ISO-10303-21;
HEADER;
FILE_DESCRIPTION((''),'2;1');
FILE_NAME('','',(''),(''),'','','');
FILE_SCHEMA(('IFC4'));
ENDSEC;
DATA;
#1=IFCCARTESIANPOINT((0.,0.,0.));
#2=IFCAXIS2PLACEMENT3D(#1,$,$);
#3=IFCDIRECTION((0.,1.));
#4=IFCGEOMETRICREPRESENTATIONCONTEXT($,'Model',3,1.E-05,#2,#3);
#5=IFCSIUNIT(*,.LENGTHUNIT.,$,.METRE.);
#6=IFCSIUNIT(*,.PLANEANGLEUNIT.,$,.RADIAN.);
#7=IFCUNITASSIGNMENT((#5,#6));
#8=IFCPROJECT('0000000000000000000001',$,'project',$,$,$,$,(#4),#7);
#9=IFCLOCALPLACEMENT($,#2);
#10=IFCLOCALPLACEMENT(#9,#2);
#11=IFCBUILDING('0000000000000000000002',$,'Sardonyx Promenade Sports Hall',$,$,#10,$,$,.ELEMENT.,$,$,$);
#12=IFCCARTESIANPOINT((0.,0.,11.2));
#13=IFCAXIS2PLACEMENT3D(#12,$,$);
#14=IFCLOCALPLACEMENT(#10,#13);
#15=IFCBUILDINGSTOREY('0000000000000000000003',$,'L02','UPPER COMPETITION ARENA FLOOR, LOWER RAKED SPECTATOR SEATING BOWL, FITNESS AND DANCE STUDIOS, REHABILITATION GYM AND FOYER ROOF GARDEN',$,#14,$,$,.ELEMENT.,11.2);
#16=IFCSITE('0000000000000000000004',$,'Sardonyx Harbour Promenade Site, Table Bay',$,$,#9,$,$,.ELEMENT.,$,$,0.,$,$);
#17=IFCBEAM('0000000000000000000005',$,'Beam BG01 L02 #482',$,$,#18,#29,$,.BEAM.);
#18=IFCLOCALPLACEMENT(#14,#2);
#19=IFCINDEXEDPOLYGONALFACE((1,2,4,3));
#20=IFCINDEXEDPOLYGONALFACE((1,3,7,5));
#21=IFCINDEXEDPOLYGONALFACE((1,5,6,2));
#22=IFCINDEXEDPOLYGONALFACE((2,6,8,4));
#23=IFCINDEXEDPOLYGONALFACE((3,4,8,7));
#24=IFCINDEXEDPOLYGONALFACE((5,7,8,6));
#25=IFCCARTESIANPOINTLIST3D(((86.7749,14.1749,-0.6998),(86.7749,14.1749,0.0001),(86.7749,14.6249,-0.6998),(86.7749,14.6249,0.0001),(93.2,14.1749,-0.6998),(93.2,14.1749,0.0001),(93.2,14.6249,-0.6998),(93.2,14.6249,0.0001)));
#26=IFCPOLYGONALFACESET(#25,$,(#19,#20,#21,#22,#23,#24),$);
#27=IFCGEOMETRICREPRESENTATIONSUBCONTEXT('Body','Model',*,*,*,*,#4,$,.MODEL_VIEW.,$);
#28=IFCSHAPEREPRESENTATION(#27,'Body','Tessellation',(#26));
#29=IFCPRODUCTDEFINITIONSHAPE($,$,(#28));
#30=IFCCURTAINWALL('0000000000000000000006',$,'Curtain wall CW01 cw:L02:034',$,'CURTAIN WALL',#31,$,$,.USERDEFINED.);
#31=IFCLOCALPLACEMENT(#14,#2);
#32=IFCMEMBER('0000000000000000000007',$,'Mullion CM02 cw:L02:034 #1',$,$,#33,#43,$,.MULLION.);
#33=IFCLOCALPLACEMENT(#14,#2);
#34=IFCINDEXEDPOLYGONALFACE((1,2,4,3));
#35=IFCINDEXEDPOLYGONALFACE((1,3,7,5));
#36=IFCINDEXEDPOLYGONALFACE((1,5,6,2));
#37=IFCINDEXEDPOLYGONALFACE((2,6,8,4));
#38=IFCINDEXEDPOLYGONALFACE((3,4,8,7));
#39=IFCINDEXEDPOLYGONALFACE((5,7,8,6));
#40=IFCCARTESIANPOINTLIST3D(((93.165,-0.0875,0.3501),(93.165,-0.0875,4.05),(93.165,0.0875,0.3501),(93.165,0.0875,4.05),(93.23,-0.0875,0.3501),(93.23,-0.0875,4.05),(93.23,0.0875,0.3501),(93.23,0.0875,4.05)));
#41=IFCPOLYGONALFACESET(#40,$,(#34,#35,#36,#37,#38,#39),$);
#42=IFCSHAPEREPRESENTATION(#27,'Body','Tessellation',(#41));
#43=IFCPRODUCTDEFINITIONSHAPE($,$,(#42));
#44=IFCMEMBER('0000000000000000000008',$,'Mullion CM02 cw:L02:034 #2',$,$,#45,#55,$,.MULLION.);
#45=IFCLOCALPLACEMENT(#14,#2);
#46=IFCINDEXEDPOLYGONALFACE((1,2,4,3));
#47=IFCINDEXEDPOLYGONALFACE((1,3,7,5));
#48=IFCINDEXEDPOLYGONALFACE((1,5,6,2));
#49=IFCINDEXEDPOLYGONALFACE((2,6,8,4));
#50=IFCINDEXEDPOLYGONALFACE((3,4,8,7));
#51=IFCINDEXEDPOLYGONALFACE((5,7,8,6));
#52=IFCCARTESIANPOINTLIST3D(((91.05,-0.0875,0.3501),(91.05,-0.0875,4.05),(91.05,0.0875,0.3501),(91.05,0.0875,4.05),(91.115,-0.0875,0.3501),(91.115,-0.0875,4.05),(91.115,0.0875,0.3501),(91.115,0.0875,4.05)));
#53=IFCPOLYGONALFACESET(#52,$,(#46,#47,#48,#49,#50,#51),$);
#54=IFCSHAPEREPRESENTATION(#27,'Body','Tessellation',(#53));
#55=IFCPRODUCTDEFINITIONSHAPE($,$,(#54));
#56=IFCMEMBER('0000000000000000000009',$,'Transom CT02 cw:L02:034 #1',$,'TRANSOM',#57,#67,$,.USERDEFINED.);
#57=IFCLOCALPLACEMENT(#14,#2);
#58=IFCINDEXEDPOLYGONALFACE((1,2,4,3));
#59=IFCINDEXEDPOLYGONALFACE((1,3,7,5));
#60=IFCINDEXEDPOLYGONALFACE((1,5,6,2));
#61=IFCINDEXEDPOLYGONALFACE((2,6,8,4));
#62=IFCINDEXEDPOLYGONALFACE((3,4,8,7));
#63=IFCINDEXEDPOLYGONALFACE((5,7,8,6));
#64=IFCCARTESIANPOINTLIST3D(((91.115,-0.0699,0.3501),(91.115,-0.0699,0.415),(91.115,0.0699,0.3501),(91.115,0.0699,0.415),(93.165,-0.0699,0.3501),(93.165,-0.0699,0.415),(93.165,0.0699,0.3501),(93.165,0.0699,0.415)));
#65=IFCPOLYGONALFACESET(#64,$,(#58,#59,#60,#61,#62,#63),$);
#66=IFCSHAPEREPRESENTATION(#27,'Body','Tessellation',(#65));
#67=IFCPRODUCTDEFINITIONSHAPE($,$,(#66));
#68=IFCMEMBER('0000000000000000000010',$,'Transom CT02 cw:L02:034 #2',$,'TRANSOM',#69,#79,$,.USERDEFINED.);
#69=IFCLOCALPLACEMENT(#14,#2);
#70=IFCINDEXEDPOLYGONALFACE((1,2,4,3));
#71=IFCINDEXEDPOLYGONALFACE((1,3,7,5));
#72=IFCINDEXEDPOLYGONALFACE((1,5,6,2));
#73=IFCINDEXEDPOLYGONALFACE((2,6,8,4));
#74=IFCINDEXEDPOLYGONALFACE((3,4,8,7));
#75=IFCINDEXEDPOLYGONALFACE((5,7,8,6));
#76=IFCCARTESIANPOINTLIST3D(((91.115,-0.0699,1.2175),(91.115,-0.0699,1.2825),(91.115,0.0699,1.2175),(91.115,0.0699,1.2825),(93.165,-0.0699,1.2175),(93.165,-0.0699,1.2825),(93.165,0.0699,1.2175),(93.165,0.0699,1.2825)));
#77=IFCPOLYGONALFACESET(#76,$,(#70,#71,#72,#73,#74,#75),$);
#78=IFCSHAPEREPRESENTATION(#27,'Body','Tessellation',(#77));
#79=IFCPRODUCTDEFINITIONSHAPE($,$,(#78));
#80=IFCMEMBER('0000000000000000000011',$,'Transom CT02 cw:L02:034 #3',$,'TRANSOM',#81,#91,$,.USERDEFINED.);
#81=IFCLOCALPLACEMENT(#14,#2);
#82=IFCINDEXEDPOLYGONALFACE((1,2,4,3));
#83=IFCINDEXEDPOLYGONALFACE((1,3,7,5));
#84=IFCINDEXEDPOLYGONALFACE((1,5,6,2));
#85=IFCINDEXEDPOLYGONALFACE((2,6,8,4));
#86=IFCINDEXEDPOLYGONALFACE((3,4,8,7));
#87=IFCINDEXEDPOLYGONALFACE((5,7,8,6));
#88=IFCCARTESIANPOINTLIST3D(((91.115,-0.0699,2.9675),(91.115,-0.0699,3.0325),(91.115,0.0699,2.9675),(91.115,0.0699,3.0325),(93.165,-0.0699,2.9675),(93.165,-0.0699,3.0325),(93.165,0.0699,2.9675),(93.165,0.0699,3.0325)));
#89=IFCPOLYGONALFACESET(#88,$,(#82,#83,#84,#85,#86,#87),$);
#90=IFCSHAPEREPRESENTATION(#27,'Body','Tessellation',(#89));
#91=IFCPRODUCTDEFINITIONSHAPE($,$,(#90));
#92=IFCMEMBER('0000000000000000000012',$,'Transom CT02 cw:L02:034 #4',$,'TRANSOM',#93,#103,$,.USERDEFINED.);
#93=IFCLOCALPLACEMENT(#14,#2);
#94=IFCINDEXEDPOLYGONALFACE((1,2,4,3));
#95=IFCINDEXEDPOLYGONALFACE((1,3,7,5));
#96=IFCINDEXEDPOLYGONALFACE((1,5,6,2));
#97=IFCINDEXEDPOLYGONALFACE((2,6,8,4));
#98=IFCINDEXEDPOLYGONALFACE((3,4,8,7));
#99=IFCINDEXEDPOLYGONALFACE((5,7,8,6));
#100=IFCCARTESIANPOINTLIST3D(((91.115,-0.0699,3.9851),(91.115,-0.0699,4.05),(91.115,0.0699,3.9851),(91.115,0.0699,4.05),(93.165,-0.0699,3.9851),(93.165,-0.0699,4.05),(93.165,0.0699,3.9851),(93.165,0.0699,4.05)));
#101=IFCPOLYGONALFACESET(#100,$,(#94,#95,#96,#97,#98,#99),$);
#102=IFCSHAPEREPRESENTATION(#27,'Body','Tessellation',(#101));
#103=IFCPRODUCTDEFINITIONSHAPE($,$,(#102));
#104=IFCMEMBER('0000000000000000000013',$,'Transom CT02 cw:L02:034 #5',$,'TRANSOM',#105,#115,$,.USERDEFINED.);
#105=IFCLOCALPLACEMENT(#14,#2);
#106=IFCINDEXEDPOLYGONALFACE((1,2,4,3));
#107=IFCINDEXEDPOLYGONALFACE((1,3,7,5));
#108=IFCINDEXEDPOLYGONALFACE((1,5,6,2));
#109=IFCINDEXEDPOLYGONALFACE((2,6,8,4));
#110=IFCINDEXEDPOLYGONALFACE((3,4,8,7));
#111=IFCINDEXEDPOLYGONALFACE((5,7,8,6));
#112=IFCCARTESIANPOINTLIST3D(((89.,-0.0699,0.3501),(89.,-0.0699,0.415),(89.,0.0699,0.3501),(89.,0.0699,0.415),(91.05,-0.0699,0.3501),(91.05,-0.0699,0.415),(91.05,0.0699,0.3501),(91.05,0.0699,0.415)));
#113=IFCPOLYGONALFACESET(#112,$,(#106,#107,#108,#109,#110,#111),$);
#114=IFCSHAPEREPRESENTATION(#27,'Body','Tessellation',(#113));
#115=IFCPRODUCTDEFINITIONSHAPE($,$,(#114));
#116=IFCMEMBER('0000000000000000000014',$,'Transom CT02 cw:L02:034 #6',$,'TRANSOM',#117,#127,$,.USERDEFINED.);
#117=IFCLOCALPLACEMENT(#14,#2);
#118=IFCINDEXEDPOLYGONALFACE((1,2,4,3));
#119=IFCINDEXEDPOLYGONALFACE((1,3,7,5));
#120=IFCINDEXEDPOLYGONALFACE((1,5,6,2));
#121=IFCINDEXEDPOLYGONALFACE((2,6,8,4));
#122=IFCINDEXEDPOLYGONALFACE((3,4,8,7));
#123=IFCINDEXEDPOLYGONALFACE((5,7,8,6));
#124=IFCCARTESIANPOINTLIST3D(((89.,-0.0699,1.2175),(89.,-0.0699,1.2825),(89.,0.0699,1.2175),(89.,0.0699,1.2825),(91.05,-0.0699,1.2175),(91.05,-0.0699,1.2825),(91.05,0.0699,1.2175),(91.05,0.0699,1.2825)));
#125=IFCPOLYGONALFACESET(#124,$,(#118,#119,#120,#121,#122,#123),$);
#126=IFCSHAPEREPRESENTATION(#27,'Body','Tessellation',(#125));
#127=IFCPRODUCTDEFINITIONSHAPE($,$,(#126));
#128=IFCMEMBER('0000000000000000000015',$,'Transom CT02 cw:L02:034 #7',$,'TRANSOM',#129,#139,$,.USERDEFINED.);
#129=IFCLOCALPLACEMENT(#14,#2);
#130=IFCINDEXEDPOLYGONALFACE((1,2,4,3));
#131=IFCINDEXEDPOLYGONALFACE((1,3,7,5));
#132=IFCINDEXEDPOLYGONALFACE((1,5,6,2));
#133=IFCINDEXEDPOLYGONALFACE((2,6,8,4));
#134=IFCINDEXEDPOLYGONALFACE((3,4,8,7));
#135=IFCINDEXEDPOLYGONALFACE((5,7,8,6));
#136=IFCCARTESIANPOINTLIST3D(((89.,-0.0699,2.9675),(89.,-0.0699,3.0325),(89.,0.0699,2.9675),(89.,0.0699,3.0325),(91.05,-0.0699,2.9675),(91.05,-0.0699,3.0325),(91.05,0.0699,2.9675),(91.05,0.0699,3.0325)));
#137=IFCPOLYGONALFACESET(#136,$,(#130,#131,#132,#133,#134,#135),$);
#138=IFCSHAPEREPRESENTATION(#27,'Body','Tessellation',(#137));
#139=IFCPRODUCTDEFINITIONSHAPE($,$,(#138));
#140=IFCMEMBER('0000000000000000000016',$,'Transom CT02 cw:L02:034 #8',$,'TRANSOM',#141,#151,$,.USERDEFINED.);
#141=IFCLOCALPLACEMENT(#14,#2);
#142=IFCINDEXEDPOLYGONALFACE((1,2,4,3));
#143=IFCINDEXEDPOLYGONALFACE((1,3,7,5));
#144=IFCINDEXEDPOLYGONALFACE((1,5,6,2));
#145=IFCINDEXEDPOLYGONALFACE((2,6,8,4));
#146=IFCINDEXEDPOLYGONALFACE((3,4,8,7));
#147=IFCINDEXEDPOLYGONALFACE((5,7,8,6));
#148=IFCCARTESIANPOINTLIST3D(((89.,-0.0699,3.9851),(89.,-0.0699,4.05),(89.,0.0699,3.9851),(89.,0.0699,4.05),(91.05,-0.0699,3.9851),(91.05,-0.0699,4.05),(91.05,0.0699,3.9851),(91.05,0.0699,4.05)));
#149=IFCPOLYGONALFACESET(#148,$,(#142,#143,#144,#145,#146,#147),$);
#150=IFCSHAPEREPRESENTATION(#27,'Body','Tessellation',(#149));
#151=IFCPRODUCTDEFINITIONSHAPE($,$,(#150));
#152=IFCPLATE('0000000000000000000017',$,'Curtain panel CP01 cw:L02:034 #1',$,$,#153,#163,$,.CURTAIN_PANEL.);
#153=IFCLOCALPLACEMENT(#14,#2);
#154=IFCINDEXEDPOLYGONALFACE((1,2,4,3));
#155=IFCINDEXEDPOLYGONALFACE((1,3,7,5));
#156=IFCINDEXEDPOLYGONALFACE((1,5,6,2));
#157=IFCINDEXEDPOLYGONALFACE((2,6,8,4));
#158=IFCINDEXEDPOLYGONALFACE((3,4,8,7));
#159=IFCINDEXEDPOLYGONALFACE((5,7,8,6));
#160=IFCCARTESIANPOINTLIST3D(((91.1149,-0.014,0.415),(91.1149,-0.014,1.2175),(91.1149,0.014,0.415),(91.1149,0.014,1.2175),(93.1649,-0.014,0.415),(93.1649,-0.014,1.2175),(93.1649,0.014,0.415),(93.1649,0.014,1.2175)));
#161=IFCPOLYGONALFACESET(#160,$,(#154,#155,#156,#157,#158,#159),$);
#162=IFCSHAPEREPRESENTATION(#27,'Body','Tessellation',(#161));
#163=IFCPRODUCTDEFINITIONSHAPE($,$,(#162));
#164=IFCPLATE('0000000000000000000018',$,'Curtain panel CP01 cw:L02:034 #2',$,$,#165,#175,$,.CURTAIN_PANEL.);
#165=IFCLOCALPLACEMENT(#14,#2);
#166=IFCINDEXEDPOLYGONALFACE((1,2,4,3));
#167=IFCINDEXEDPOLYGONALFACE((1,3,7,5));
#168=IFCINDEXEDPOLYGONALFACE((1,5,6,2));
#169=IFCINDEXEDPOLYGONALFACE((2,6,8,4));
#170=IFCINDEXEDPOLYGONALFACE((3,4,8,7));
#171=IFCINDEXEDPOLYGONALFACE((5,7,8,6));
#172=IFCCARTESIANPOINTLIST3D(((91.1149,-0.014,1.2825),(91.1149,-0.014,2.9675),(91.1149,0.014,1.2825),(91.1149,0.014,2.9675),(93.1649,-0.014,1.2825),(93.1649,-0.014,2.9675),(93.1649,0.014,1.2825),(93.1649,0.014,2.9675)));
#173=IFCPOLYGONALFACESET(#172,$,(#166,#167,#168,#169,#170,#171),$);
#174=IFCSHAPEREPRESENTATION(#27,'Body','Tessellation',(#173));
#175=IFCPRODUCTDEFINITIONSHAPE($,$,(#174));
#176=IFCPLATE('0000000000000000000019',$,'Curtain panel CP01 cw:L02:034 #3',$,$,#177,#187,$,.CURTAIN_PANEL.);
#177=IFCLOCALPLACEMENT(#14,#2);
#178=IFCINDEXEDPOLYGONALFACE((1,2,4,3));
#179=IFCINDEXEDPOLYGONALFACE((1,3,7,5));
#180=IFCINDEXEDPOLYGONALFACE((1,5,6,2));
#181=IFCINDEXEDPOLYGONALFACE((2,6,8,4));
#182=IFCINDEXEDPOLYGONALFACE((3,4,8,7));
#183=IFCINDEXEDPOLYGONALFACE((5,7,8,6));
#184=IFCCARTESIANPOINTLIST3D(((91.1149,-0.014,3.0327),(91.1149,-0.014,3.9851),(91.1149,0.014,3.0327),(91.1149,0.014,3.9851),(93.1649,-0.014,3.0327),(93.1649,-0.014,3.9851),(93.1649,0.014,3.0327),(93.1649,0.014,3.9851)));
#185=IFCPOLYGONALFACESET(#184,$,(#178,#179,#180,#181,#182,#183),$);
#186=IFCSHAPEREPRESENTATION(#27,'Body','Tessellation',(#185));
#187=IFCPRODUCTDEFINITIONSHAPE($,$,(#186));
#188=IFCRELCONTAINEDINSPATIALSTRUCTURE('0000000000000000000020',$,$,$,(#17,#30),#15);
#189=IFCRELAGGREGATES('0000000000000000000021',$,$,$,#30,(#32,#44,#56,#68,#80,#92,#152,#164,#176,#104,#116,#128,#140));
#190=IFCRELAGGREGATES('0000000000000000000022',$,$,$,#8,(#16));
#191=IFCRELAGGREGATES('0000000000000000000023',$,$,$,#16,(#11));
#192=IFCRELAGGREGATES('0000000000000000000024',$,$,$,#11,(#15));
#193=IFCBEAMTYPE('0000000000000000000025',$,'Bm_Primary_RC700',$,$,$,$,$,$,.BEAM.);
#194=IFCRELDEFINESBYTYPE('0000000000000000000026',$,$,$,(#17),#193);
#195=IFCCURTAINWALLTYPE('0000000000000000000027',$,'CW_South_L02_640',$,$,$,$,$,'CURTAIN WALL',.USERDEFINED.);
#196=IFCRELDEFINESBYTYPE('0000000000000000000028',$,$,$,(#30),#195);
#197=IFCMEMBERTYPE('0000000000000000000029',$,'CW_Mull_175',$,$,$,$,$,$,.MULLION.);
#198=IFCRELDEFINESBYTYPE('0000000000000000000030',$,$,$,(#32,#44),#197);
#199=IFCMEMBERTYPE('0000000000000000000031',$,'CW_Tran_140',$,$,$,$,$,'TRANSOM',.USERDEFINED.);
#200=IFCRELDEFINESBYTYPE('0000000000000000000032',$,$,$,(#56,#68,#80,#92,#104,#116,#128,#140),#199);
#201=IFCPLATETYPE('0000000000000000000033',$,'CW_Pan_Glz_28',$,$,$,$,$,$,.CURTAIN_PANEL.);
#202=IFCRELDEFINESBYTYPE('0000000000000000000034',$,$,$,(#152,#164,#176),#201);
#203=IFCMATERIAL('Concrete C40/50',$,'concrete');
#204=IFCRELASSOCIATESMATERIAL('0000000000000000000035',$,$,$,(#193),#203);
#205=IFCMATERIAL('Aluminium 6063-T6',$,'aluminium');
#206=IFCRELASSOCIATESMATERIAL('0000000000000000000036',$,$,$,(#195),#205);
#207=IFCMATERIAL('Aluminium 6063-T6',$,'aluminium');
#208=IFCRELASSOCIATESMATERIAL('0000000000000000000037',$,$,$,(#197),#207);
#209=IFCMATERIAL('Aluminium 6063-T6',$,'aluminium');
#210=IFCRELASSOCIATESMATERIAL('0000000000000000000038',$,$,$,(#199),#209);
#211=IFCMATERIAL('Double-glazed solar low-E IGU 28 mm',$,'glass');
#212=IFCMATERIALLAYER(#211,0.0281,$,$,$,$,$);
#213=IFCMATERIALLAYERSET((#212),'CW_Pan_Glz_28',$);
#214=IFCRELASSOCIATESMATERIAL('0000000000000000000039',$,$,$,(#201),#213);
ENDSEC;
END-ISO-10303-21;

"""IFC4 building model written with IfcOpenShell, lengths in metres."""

from ifc_helpers import new_model, si_unit, direction, frame, origin, origin_2d, place, context, subcontext, project, spatial, rectangle, extrude, material, layer, layer_set, material_profile, profile_set, type_object, element, aggregate, save


model = new_model("IFC4")

# Units and contexts
model_context = context("Model", 3, precision=1e-05, world=origin(), true_north=direction((0.0, 1.0)))
body_context = subcontext(model_context, "Body", "Model", "MODEL_VIEW")
ifc_project = project(units=[si_unit("LENGTHUNIT", "METRE"), si_unit("PLANEANGLEUNIT", "RADIAN")], contexts=[model_context])

# Site, building, storey
site_placement = place(None, origin())
site = spatial("IfcSite", under=ifc_project, at=site_placement, Name="Sardonyx Harbour Promenade Site, Table Bay", CompositionType="ELEMENT", RefElevation=0.0)
building_placement = place(site_placement, origin())
building = spatial("IfcBuilding", under=site, at=building_placement, Name="Sardonyx Promenade Sports Hall", CompositionType="ELEMENT")
storey_placement = place(building_placement, frame((0.0, 0.0, 11.2)))
storey = spatial("IfcBuildingStorey", under=building, at=storey_placement, Name="L02", Description="UPPER COMPETITION ARENA FLOOR, LOWER RAKED SPECTATOR SEATING BOWL, FITNESS AND DANCE STUDIOS, REHABILITATION GYM AND FOYER ROOF GARDEN", CompositionType="ELEMENT", Elevation=11.2)

# Beam
ifc_material_1 = material(Name="Concrete C40/50", Category="concrete")
ifc_material_profile_1 = material_profile(ifc_material_1, rectangle(XDim=0.45, YDim=0.7, at=origin_2d()))
ifc_profile_set_1 = profile_set([ifc_material_profile_1], Name="Concrete C40/50")
beam_type = type_object("IfcBeamType", Name="Bm_Primary_RC700", PredefinedType="BEAM", material=ifc_profile_set_1)
beam_placement = place(storey_placement, frame((86.7749, 14.3999, -0.3499), z_axis=(1.0, 0.0, 0.0), x_axis=(0.0, 1.0, 0.0)))
element("IfcBeam", 1, at=beam_placement, inside=storey, type_object=beam_type, Name="Beam BG01 L02 #482", PredefinedType="BEAM", context=body_context, shape_type="SweptSolid", body=[
    extrude(rectangle(XDim=0.45, YDim=0.7, at=origin_2d()), origin(), (0.0, 0.0, 1.0), 6.425),
])

# Curtain wall, members, plates
ifc_material_2 = material(Name="Aluminium 6063-T6", Category="aluminium")
curtain_wall_type = type_object("IfcCurtainWallType", Name="CW_South_L02_640", ElementType="CURTAIN WALL", PredefinedType="USERDEFINED", material=ifc_material_2)
curtain_wall_placement = place(storey_placement, origin())
curtain_wall = element("IfcCurtainWall", 2, at=curtain_wall_placement, inside=storey, type_object=curtain_wall_type, Name="Curtain wall CW01 cw:L02:034", ObjectType="CURTAIN WALL", PredefinedType="USERDEFINED")
ifc_material_3 = material(Name="Aluminium 6063-T6", Category="aluminium")
ifc_material_profile_2 = material_profile(ifc_material_3, rectangle(XDim=0.0649, YDim=0.175, at=origin_2d()))
ifc_profile_set_2 = profile_set([ifc_material_profile_2], Name="Aluminium 6063-T6")
member_type_1 = type_object("IfcMemberType", Name="CW_Mull_175", PredefinedType="MULLION", material=ifc_profile_set_2)
member_1_placement = place(storey_placement, frame((93.1975, 0.0, 0.3501), z_axis=(0.0, 0.0, 1.0), x_axis=(-1.0, 0.0, 0.0)))
member_1 = element("IfcMember", 3, at=member_1_placement, type_object=member_type_1, Name="Mullion CM02 cw:L02:034 #1", PredefinedType="MULLION", context=body_context, shape_type="SweptSolid", body=[
    extrude(rectangle(XDim=0.0649, YDim=0.175, at=origin_2d()), origin(), (0.0, 0.0, 1.0), 3.7),
])
member_2_placement = place(storey_placement, frame((91.0825, 0.0, 0.3501), z_axis=(0.0, 0.0, 1.0), x_axis=(-1.0, 0.0, 0.0)))
member_2 = element("IfcMember", 4, at=member_2_placement, type_object=member_type_1, Name="Mullion CM02 cw:L02:034 #2", PredefinedType="MULLION", context=body_context, shape_type="SweptSolid", body=[
    extrude(rectangle(XDim=0.0649, YDim=0.175, at=origin_2d()), origin(), (0.0, 0.0, 1.0), 3.7),
])
ifc_material_4 = material(Name="Aluminium 6063-T6", Category="aluminium")
ifc_material_profile_3 = material_profile(ifc_material_4, rectangle(XDim=0.0649, YDim=0.1399, at=origin_2d()))
ifc_profile_set_3 = profile_set([ifc_material_profile_3], Name="Aluminium 6063-T6")
member_type_2 = type_object("IfcMemberType", Name="CW_Tran_140", ElementType="TRANSOM", PredefinedType="USERDEFINED", material=ifc_profile_set_3)
member_3_placement = place(storey_placement, frame((93.165, 0.0, 0.3826), z_axis=(-1.0, 0.0, 0.0), x_axis=(0.0, 0.0, 1.0)))
member_3 = element("IfcMember", 5, at=member_3_placement, type_object=member_type_2, Name="Transom CT02 cw:L02:034 #1", ObjectType="TRANSOM", PredefinedType="USERDEFINED", context=body_context, shape_type="SweptSolid", body=[
    extrude(rectangle(XDim=0.0649, YDim=0.1399, at=origin_2d()), origin(), (0.0, 0.0, 1.0), 2.05),
])
member_4_placement = place(storey_placement, frame((93.165, 0.0, 1.25), z_axis=(-1.0, 0.0, 0.0), x_axis=(0.0, 0.0, 1.0)))
member_4 = element("IfcMember", 6, at=member_4_placement, type_object=member_type_2, Name="Transom CT02 cw:L02:034 #2", ObjectType="TRANSOM", PredefinedType="USERDEFINED", context=body_context, shape_type="SweptSolid", body=[
    extrude(rectangle(XDim=0.0649, YDim=0.1399, at=origin_2d()), origin(), (0.0, 0.0, 1.0), 2.05),
])
member_5_placement = place(storey_placement, frame((93.165, 0.0, 3.0), z_axis=(-1.0, 0.0, 0.0), x_axis=(0.0, 0.0, 1.0)))
member_5 = element("IfcMember", 7, at=member_5_placement, type_object=member_type_2, Name="Transom CT02 cw:L02:034 #3", ObjectType="TRANSOM", PredefinedType="USERDEFINED", context=body_context, shape_type="SweptSolid", body=[
    extrude(rectangle(XDim=0.0649, YDim=0.1399, at=origin_2d()), origin(), (0.0, 0.0, 1.0), 2.05),
])
member_6_placement = place(storey_placement, frame((93.165, 0.0, 4.0176), z_axis=(-1.0, 0.0, 0.0), x_axis=(0.0, 0.0, 1.0)))
member_6 = element("IfcMember", 8, at=member_6_placement, type_object=member_type_2, Name="Transom CT02 cw:L02:034 #4", ObjectType="TRANSOM", PredefinedType="USERDEFINED", context=body_context, shape_type="SweptSolid", body=[
    extrude(rectangle(XDim=0.0649, YDim=0.1399, at=origin_2d()), origin(), (0.0, 0.0, 1.0), 2.05),
])
member_7_placement = place(storey_placement, frame((91.05, 0.0, 0.3826), z_axis=(-1.0, 0.0, 0.0), x_axis=(0.0, 0.0, 1.0)))
member_7 = element("IfcMember", 9, at=member_7_placement, type_object=member_type_2, Name="Transom CT02 cw:L02:034 #5", ObjectType="TRANSOM", PredefinedType="USERDEFINED", context=body_context, shape_type="SweptSolid", body=[
    extrude(rectangle(XDim=0.0649, YDim=0.1399, at=origin_2d()), origin(), (0.0, 0.0, 1.0), 2.05),
])
member_8_placement = place(storey_placement, frame((91.05, 0.0, 1.25), z_axis=(-1.0, 0.0, 0.0), x_axis=(0.0, 0.0, 1.0)))
member_8 = element("IfcMember", 10, at=member_8_placement, type_object=member_type_2, Name="Transom CT02 cw:L02:034 #6", ObjectType="TRANSOM", PredefinedType="USERDEFINED", context=body_context, shape_type="SweptSolid", body=[
    extrude(rectangle(XDim=0.0649, YDim=0.1399, at=origin_2d()), origin(), (0.0, 0.0, 1.0), 2.05),
])
member_9_placement = place(storey_placement, frame((91.05, 0.0, 3.0), z_axis=(-1.0, 0.0, 0.0), x_axis=(0.0, 0.0, 1.0)))
member_9 = element("IfcMember", 11, at=member_9_placement, type_object=member_type_2, Name="Transom CT02 cw:L02:034 #7", ObjectType="TRANSOM", PredefinedType="USERDEFINED", context=body_context, shape_type="SweptSolid", body=[
    extrude(rectangle(XDim=0.0649, YDim=0.1399, at=origin_2d()), origin(), (0.0, 0.0, 1.0), 2.05),
])
member_10_placement = place(storey_placement, frame((91.05, 0.0, 4.0176), z_axis=(-1.0, 0.0, 0.0), x_axis=(0.0, 0.0, 1.0)))
member_10 = element("IfcMember", 12, at=member_10_placement, type_object=member_type_2, Name="Transom CT02 cw:L02:034 #8", ObjectType="TRANSOM", PredefinedType="USERDEFINED", context=body_context, shape_type="SweptSolid", body=[
    extrude(rectangle(XDim=0.0649, YDim=0.1399, at=origin_2d()), origin(), (0.0, 0.0, 1.0), 2.05),
])
ifc_material_5 = material(Name="Double-glazed solar low-E IGU 28 mm", Category="glass")
ifc_layer_1 = layer(ifc_material_5, 0.0281)
ifc_layer_set_1 = layer_set([ifc_layer_1], Name="CW_Pan_Glz_28")
plate_type = type_object("IfcPlateType", Name="CW_Pan_Glz_28", PredefinedType="CURTAIN_PANEL", material=ifc_layer_set_1)
plate_1_placement = place(storey_placement, frame((92.1399, 0.0, 0.415), z_axis=(0.0, 0.0, 1.0), x_axis=(-1.0, 0.0, 0.0)))
plate_1 = element("IfcPlate", 13, at=plate_1_placement, type_object=plate_type, Name="Curtain panel CP01 cw:L02:034 #1", PredefinedType="CURTAIN_PANEL", context=body_context, shape_type="SweptSolid", body=[
    extrude(rectangle(XDim=2.05, YDim=0.0281, at=origin_2d()), origin(), (0.0, 0.0, 1.0), 0.8025),
])
plate_2_placement = place(storey_placement, frame((92.1399, 0.0, 1.2825), z_axis=(0.0, 0.0, 1.0), x_axis=(-1.0, 0.0, 0.0)))
plate_2 = element("IfcPlate", 14, at=plate_2_placement, type_object=plate_type, Name="Curtain panel CP01 cw:L02:034 #2", PredefinedType="CURTAIN_PANEL", context=body_context, shape_type="SweptSolid", body=[
    extrude(rectangle(XDim=2.05, YDim=0.0281, at=origin_2d()), origin(), (0.0, 0.0, 1.0), 1.6851),
])
plate_3_placement = place(storey_placement, frame((92.1399, 0.0, 3.0327), z_axis=(0.0, 0.0, 1.0), x_axis=(-1.0, 0.0, 0.0)))
plate_3 = element("IfcPlate", 15, at=plate_3_placement, type_object=plate_type, Name="Curtain panel CP01 cw:L02:034 #3", PredefinedType="CURTAIN_PANEL", context=body_context, shape_type="SweptSolid", body=[
    extrude(rectangle(XDim=2.05, YDim=0.0281, at=origin_2d()), origin(), (0.0, 0.0, 1.0), 0.9524),
])
aggregate(curtain_wall, [member_1, member_2, member_3, member_4, member_5, member_6, plate_1, plate_2, plate_3, member_7, member_8, member_9, member_10])

save(model, "model.ifc")
